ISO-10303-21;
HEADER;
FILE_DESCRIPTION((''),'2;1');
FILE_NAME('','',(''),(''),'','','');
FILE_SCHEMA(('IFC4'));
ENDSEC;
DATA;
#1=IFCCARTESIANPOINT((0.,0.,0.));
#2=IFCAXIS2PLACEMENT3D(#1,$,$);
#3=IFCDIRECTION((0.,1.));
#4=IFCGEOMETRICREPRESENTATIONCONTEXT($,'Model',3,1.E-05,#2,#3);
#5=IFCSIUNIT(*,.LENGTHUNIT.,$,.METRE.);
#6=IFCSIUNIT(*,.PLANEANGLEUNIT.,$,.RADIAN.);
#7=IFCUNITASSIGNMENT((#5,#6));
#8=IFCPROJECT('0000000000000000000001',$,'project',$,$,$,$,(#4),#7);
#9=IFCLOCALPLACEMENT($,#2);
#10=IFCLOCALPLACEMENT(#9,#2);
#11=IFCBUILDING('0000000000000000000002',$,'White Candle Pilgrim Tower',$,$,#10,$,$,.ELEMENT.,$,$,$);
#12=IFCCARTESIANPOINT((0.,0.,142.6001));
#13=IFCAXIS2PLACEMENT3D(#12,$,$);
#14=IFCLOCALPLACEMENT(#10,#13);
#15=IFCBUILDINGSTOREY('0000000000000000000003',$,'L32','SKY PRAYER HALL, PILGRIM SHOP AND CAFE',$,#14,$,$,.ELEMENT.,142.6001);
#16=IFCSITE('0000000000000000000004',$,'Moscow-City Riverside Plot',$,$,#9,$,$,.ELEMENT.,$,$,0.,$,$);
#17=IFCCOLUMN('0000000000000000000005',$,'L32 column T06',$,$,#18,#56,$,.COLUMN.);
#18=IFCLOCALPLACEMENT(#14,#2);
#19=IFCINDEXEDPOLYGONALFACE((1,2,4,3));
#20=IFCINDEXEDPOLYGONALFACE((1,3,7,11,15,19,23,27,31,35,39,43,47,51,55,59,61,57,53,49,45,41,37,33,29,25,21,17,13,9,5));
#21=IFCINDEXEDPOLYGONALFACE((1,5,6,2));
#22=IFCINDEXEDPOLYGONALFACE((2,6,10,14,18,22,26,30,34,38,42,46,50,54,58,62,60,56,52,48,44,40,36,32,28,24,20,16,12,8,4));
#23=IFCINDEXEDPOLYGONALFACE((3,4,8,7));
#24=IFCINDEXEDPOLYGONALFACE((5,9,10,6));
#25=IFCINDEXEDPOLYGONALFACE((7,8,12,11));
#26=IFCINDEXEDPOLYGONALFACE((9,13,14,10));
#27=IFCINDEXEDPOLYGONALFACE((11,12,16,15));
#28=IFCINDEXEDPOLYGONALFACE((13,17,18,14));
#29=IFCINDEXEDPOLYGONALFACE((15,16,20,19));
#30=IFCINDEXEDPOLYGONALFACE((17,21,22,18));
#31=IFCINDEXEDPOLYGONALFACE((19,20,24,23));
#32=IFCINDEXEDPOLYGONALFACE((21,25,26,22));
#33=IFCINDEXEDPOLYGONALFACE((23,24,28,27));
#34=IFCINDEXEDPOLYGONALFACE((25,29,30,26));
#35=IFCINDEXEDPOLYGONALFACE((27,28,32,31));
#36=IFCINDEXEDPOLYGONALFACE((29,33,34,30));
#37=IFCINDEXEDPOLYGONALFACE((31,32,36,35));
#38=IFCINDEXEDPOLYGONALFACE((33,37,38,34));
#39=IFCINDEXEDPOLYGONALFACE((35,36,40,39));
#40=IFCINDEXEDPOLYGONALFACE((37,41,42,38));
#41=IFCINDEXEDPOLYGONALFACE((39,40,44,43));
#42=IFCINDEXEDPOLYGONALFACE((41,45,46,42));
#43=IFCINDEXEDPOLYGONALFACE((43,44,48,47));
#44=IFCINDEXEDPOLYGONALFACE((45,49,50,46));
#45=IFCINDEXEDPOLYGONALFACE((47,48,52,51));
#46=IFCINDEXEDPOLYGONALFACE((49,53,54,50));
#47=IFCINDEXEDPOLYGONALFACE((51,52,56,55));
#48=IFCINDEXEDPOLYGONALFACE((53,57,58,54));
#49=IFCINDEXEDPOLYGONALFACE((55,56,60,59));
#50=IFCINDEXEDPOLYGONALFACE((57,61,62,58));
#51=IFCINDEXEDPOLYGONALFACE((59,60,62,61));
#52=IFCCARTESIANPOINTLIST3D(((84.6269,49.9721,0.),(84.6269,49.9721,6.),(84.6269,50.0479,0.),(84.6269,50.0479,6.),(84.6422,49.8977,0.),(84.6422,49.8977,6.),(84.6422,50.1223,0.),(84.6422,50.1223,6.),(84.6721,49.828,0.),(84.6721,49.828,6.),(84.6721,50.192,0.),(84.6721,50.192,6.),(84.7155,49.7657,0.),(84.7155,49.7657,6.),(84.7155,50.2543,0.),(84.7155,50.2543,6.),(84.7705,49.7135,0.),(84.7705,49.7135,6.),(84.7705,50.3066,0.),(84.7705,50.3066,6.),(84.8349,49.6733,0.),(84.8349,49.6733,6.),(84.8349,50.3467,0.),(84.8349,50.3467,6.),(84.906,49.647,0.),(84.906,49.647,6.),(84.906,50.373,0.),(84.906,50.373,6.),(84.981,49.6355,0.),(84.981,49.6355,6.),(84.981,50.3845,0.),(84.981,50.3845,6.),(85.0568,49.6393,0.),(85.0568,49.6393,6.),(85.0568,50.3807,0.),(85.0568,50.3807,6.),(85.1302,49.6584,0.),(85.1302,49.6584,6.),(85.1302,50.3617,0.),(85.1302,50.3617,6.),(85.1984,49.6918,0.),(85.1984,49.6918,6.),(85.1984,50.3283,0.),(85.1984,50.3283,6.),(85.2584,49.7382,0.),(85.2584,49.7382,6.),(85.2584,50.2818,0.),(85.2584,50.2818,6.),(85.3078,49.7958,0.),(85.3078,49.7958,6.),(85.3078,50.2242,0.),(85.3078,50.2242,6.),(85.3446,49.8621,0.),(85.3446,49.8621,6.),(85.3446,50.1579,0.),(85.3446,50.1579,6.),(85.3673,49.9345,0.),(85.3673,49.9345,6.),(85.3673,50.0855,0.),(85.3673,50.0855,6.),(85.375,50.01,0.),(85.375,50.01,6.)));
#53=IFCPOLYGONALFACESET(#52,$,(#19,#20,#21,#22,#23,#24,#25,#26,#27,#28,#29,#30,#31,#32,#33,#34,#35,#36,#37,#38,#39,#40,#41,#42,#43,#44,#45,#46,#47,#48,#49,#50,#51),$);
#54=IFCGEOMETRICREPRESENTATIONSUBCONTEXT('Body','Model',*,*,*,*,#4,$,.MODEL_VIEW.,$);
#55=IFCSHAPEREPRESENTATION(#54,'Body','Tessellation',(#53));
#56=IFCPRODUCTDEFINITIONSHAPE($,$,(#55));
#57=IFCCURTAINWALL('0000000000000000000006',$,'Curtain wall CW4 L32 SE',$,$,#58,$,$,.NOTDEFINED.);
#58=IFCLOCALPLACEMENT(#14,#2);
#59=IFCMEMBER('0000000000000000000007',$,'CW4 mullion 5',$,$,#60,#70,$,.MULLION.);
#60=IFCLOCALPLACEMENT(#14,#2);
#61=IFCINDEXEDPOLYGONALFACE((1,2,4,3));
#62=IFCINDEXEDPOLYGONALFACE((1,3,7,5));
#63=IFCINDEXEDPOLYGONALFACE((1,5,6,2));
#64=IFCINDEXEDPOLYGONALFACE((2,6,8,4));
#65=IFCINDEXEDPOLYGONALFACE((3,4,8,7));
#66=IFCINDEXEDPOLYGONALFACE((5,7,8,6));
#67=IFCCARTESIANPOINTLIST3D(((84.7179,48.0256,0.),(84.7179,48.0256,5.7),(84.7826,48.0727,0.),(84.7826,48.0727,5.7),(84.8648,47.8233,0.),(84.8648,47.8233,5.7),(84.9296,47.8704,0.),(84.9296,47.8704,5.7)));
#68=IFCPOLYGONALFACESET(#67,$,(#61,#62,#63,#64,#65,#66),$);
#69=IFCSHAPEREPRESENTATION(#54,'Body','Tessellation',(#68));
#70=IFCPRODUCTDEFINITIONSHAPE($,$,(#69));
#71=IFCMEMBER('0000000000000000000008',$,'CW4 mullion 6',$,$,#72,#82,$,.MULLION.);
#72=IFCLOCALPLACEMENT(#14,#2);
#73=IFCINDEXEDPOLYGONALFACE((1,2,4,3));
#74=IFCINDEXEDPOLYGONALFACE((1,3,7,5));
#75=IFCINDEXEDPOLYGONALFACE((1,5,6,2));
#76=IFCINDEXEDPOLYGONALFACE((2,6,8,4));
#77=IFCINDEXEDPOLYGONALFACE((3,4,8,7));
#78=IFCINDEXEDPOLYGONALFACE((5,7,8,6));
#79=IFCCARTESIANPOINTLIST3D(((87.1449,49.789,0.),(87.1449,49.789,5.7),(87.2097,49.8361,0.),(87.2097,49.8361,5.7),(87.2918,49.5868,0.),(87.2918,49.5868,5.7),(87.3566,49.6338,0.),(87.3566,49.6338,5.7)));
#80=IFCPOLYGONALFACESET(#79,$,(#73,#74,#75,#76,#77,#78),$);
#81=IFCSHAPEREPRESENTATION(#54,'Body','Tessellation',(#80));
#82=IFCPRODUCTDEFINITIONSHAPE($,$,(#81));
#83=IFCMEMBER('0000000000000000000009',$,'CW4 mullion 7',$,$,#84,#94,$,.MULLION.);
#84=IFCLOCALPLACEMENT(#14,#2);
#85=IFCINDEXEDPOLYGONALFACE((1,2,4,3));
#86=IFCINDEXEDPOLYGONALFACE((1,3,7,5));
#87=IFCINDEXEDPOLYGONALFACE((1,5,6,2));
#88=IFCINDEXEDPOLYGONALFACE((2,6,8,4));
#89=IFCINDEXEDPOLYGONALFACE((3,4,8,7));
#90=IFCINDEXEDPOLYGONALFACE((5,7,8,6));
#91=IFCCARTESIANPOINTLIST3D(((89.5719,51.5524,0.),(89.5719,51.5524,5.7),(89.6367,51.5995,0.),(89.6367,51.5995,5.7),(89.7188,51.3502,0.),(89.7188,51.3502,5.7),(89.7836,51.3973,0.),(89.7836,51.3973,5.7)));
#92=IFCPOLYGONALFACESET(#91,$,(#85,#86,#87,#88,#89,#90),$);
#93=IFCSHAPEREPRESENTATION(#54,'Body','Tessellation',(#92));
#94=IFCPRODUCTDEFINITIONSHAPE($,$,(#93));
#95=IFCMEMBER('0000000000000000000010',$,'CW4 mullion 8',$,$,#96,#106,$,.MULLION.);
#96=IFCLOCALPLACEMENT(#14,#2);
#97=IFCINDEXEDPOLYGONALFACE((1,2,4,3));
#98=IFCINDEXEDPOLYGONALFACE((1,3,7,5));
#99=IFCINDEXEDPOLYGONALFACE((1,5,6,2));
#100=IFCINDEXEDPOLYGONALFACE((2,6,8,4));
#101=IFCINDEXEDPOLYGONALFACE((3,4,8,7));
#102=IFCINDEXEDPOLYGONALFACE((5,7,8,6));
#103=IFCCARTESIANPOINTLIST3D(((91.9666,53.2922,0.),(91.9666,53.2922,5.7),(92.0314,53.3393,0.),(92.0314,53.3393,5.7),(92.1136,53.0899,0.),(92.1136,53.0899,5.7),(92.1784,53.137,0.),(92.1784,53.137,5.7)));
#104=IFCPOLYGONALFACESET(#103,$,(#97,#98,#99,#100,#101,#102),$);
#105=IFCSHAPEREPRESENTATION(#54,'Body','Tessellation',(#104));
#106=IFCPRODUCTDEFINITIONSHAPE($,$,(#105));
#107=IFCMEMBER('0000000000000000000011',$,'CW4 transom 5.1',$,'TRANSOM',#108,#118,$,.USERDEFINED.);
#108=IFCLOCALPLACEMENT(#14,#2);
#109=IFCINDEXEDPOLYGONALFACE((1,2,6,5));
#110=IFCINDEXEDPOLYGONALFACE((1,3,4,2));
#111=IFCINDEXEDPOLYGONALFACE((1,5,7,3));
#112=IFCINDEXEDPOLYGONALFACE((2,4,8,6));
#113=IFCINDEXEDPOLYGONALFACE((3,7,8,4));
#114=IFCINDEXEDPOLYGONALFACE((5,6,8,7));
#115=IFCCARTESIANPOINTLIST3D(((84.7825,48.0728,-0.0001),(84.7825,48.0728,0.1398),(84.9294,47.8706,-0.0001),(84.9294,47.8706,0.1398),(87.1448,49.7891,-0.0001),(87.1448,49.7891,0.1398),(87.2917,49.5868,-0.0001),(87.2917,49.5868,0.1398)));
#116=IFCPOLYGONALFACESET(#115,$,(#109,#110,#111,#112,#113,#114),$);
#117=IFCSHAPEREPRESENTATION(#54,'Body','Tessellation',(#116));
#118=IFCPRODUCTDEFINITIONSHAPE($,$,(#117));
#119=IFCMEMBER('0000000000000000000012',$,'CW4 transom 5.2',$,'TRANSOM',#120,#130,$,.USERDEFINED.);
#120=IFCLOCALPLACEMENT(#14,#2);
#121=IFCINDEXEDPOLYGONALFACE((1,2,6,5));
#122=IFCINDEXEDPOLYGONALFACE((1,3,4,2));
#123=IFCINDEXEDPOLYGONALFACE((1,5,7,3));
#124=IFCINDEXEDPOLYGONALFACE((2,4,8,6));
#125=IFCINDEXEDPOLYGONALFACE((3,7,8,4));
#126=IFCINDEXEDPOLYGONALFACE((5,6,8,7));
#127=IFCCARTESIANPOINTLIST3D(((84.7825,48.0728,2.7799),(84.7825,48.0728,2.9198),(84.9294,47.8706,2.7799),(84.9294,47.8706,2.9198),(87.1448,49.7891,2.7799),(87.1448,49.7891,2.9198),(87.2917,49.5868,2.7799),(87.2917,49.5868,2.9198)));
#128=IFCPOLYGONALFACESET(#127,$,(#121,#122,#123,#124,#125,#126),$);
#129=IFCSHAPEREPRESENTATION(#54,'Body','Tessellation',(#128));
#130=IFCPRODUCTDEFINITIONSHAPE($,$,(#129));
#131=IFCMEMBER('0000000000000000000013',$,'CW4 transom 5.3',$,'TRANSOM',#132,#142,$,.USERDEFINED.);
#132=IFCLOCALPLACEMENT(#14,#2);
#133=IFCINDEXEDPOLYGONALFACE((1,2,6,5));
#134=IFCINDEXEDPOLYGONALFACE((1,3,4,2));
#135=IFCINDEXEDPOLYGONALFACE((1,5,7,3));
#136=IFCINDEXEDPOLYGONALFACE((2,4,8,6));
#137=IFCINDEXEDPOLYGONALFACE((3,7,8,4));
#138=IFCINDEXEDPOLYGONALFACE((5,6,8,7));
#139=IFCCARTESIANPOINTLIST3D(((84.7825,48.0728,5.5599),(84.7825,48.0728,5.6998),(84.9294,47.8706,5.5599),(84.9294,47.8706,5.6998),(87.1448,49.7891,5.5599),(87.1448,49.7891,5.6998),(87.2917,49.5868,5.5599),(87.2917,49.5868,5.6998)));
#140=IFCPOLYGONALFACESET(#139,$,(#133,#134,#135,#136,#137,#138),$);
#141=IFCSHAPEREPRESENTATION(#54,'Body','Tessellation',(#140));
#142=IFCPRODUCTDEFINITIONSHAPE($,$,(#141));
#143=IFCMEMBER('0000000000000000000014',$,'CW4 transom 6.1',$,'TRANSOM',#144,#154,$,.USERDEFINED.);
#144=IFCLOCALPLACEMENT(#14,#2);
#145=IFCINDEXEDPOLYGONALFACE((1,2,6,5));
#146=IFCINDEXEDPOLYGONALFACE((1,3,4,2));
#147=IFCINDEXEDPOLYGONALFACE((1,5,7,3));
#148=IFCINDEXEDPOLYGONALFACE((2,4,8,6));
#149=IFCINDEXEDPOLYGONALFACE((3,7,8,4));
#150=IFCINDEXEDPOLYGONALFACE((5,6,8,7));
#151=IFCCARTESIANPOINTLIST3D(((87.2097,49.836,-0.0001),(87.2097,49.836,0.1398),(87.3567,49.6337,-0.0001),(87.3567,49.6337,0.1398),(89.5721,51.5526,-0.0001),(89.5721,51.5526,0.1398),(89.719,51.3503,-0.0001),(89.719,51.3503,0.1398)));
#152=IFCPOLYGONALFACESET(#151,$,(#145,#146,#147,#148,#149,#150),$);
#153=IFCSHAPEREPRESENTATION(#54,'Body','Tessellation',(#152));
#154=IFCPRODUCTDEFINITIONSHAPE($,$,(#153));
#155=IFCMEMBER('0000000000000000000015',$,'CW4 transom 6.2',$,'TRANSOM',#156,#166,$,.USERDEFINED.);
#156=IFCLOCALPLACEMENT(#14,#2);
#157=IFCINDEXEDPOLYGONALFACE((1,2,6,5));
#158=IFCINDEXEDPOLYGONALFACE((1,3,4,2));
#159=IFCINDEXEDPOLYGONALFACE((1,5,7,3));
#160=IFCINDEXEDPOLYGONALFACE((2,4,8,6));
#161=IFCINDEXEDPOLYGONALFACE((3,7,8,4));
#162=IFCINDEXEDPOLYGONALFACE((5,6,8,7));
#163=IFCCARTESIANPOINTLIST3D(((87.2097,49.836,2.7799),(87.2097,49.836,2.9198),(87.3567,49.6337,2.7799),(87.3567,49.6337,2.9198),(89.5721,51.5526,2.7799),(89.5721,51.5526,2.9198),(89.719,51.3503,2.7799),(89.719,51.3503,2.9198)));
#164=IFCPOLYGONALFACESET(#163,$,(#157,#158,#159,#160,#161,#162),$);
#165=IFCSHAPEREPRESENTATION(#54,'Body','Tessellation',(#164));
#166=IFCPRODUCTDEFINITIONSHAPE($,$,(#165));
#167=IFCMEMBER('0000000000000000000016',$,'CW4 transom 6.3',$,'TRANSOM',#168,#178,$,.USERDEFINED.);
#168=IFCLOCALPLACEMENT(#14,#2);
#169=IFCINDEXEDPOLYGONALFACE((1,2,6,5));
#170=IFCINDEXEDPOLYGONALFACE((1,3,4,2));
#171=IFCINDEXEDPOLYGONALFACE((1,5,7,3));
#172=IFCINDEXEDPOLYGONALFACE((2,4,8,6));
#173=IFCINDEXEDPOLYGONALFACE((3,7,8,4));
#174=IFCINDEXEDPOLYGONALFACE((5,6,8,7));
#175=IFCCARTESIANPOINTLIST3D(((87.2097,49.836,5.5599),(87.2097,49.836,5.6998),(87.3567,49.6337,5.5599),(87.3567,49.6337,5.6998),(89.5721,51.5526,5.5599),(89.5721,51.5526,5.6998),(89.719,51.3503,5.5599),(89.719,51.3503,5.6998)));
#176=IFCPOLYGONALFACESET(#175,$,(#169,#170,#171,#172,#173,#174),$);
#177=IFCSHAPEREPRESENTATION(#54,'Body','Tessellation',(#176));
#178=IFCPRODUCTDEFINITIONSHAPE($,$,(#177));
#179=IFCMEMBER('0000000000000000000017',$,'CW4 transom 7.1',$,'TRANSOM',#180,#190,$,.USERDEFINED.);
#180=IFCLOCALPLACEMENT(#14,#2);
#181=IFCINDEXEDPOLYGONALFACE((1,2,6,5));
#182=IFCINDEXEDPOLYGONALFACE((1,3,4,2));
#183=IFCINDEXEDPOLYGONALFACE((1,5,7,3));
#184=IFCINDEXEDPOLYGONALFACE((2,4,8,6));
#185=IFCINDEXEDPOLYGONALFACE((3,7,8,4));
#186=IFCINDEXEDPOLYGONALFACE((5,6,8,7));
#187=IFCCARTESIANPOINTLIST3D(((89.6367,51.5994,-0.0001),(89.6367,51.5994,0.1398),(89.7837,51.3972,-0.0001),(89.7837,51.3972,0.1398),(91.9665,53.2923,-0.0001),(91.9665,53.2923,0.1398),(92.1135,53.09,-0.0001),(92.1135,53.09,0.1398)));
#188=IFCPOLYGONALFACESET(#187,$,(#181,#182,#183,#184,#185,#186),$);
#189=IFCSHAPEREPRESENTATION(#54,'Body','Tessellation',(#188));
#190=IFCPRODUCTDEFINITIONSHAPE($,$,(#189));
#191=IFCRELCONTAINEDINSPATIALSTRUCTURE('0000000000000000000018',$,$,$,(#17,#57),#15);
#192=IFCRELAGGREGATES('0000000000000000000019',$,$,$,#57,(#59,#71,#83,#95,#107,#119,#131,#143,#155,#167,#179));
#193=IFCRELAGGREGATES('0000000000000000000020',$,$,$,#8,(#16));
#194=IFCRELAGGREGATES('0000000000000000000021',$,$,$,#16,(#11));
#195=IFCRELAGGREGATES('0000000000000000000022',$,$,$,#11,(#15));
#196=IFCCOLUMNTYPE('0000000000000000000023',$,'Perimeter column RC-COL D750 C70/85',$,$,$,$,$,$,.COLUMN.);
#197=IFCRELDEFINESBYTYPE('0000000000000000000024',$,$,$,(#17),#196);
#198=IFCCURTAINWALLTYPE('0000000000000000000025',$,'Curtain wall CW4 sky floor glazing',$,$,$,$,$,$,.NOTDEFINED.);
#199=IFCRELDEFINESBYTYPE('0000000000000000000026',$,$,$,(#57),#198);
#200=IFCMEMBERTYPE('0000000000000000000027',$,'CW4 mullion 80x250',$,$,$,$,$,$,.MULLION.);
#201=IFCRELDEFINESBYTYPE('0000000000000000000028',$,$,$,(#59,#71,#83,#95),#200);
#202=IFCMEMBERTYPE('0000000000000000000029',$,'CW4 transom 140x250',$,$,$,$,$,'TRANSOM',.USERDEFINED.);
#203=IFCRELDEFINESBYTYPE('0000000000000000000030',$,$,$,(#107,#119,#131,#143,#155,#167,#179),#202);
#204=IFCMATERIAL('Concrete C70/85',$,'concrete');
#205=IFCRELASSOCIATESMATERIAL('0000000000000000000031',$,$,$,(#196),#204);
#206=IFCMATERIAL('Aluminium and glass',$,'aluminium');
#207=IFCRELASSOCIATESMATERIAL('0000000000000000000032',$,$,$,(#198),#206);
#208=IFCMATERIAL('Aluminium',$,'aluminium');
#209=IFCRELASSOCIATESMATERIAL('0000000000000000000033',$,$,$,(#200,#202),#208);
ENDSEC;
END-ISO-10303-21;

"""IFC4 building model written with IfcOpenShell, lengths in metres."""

from ifc_helpers import new_model, si_unit, direction, frame, origin, origin_2d, place, context, subcontext, project, spatial, rectangle, circle, extrude, material, material_profile, profile_set, type_object, element, aggregate, save


model = new_model("IFC4")

# Units and contexts
model_context = context("Model", 3, precision=1e-05, world=origin(), true_north=direction((0.0, 1.0)))
body_context = subcontext(model_context, "Body", "Model", "MODEL_VIEW")
ifc_project = project(units=[si_unit("LENGTHUNIT", "METRE"), si_unit("PLANEANGLEUNIT", "RADIAN")], contexts=[model_context])

# Site, building, storey
site_placement = place(None, origin())
site = spatial("IfcSite", under=ifc_project, at=site_placement, Name="Moscow-City Riverside Plot", CompositionType="ELEMENT", RefElevation=0.0)
building_placement = place(site_placement, origin())
building = spatial("IfcBuilding", under=site, at=building_placement, Name="White Candle Pilgrim Tower", CompositionType="ELEMENT")
storey_placement = place(building_placement, frame((0.0, 0.0, 142.6001)))
storey = spatial("IfcBuildingStorey", under=building, at=storey_placement, Name="L32", Description="SKY PRAYER HALL, PILGRIM SHOP AND CAFE", CompositionType="ELEMENT", Elevation=142.6001)

# Column
ifc_material_1 = material(Name="Concrete C70/85", Category="concrete")
ifc_material_profile_1 = material_profile(ifc_material_1, circle(Radius=0.375, at=origin_2d()), Name="RC-COL D750")
ifc_profile_set_1 = profile_set([ifc_material_profile_1], Name="Concrete C70/85")
column_type = type_object("IfcColumnType", Name="Perimeter column RC-COL D750 C70/85", PredefinedType="COLUMN", material=ifc_profile_set_1)
column_placement = place(storey_placement, frame((85.0, 50.01, 0.0), z_axis=(0.0, 0.0, 1.0), x_axis=(1.0, 0.0, 0.0)))
element("IfcColumn", 1, at=column_placement, inside=storey, type_object=column_type, Name="L32 column T06", PredefinedType="COLUMN", context=body_context, shape_type="SweptSolid", body=[
    extrude(circle(Radius=0.375, at=origin_2d()), origin(), (0.0, 0.0, 1.0), 6.0),
])

# Curtain wall, members
ifc_material_2 = material(Name="Aluminium and glass", Category="aluminium")
curtain_wall_type = type_object("IfcCurtainWallType", Name="Curtain wall CW4 sky floor glazing", PredefinedType="NOTDEFINED", material=ifc_material_2)
curtain_wall_placement = place(storey_placement, origin())
curtain_wall = element("IfcCurtainWall", 2, at=curtain_wall_placement, inside=storey, type_object=curtain_wall_type, Name="Curtain wall CW4 L32 SE", PredefinedType="NOTDEFINED")
ifc_material_3 = material(Name="Aluminium", Category="aluminium")
ifc_material_profile_2 = material_profile(ifc_material_3, rectangle(XDim=0.25, YDim=0.0801, at=origin_2d()), Name="CW4 mullion 80x250")
ifc_profile_set_2 = profile_set([ifc_material_profile_2], Name="Aluminium")
member_type_1 = type_object("IfcMemberType", Name="CW4 mullion 80x250", PredefinedType="MULLION", material=ifc_profile_set_2)
member_1_placement = place(storey_placement, frame((84.8237, 47.948, 0.0), z_axis=(0.0, 0.0, 1.0), x_axis=(-0.587785, 0.809017, 0.0)))
member_1 = element("IfcMember", 3, at=member_1_placement, type_object=member_type_1, Name="CW4 mullion 5", PredefinedType="MULLION", context=body_context, shape_type="SweptSolid", body=[
    extrude(rectangle(XDim=0.25, YDim=0.0801, at=origin_2d()), origin(), (0.0, 0.0, 1.0), 5.7),
])
member_2_placement = place(storey_placement, frame((87.2507, 49.7114, 0.0), z_axis=(0.0, 0.0, 1.0), x_axis=(-0.587785, 0.809017, 0.0)))
member_2 = element("IfcMember", 4, at=member_2_placement, type_object=member_type_1, Name="CW4 mullion 6", PredefinedType="MULLION", context=body_context, shape_type="SweptSolid", body=[
    extrude(rectangle(XDim=0.25, YDim=0.0801, at=origin_2d()), origin(), (0.0, 0.0, 1.0), 5.7),
])
member_3_placement = place(storey_placement, frame((89.6777, 51.4749, 0.0), z_axis=(0.0, 0.0, 1.0), x_axis=(-0.587785, 0.809017, 0.0)))
member_3 = element("IfcMember", 5, at=member_3_placement, type_object=member_type_1, Name="CW4 mullion 7", PredefinedType="MULLION", context=body_context, shape_type="SweptSolid", body=[
    extrude(rectangle(XDim=0.25, YDim=0.0801, at=origin_2d()), origin(), (0.0, 0.0, 1.0), 5.7),
])
member_4_placement = place(storey_placement, frame((92.0725, 53.2146, 0.0), z_axis=(0.0, 0.0, 1.0), x_axis=(-0.587785, 0.809017, 0.0)))
member_4 = element("IfcMember", 6, at=member_4_placement, type_object=member_type_1, Name="CW4 mullion 8", PredefinedType="MULLION", context=body_context, shape_type="SweptSolid", body=[
    extrude(rectangle(XDim=0.25, YDim=0.0801, at=origin_2d()), origin(), (0.0, 0.0, 1.0), 5.7),
])
ifc_material_profile_3 = material_profile(ifc_material_3, rectangle(XDim=0.25, YDim=0.1399, at=origin_2d()), Name="CW4 transom 140x250")
ifc_profile_set_3 = profile_set([ifc_material_profile_3], Name="Aluminium")
member_type_2 = type_object("IfcMemberType", Name="CW4 transom 140x250", ElementType="TRANSOM", PredefinedType="USERDEFINED", material=ifc_profile_set_3)
member_5_placement = place(storey_placement, frame((84.856, 47.9717, 0.0698), z_axis=(0.809018, 0.587784, 0.0), x_axis=(-0.587784, 0.809018, 0.0)))
member_5 = element("IfcMember", 7, at=member_5_placement, type_object=member_type_2, Name="CW4 transom 5.1", ObjectType="TRANSOM", PredefinedType="USERDEFINED", context=body_context, shape_type="SweptSolid", body=[
    extrude(rectangle(XDim=0.25, YDim=0.1399, at=origin_2d()), origin(), (0.0, 0.0, 1.0), 2.9199),
])
member_6_placement = place(storey_placement, frame((84.856, 47.9717, 2.8499), z_axis=(0.809018, 0.587784, 0.0), x_axis=(-0.587784, 0.809018, 0.0)))
member_6 = element("IfcMember", 8, at=member_6_placement, type_object=member_type_2, Name="CW4 transom 5.2", ObjectType="TRANSOM", PredefinedType="USERDEFINED", context=body_context, shape_type="SweptSolid", body=[
    extrude(rectangle(XDim=0.25, YDim=0.1399, at=origin_2d()), origin(), (0.0, 0.0, 1.0), 2.9199),
])
member_7_placement = place(storey_placement, frame((84.856, 47.9717, 5.6299), z_axis=(0.809018, 0.587784, 0.0), x_axis=(-0.587784, 0.809018, 0.0)))
member_7 = element("IfcMember", 9, at=member_7_placement, type_object=member_type_2, Name="CW4 transom 5.3", ObjectType="TRANSOM", PredefinedType="USERDEFINED", context=body_context, shape_type="SweptSolid", body=[
    extrude(rectangle(XDim=0.25, YDim=0.1399, at=origin_2d()), origin(), (0.0, 0.0, 1.0), 2.9199),
])
member_8_placement = place(storey_placement, frame((87.2832, 49.7349, 0.0698), z_axis=(0.808978, 0.587839, 0.0), x_axis=(-0.587839, 0.808978, 0.0)))
member_8 = element("IfcMember", 10, at=member_8_placement, type_object=member_type_2, Name="CW4 transom 6.1", ObjectType="TRANSOM", PredefinedType="USERDEFINED", context=body_context, shape_type="SweptSolid", body=[
    extrude(rectangle(XDim=0.25, YDim=0.1399, at=origin_2d()), origin(), (0.0, 0.0, 1.0), 2.9202),
])
member_9_placement = place(storey_placement, frame((87.2832, 49.7349, 2.8499), z_axis=(0.808978, 0.587839, 0.0), x_axis=(-0.587839, 0.808978, 0.0)))
member_9 = element("IfcMember", 11, at=member_9_placement, type_object=member_type_2, Name="CW4 transom 6.2", ObjectType="TRANSOM", PredefinedType="USERDEFINED", context=body_context, shape_type="SweptSolid", body=[
    extrude(rectangle(XDim=0.25, YDim=0.1399, at=origin_2d()), origin(), (0.0, 0.0, 1.0), 2.9202),
])
member_10_placement = place(storey_placement, frame((87.2832, 49.7349, 5.6299), z_axis=(0.808978, 0.587839, 0.0), x_axis=(-0.587839, 0.808978, 0.0)))
member_10 = element("IfcMember", 12, at=member_10_placement, type_object=member_type_2, Name="CW4 transom 6.3", ObjectType="TRANSOM", PredefinedType="USERDEFINED", context=body_context, shape_type="SweptSolid", body=[
    extrude(rectangle(XDim=0.25, YDim=0.1399, at=origin_2d()), origin(), (0.0, 0.0, 1.0), 2.9202),
])
member_11_placement = place(storey_placement, frame((89.7102, 51.4983, 0.0698), z_axis=(0.808993, 0.587819, 0.0), x_axis=(-0.587819, 0.808993, 0.0)))
member_11 = element("IfcMember", 13, at=member_11_placement, type_object=member_type_2, Name="CW4 transom 7.1", ObjectType="TRANSOM", PredefinedType="USERDEFINED", context=body_context, shape_type="SweptSolid", body=[
    extrude(rectangle(XDim=0.25, YDim=0.1399, at=origin_2d()), origin(), (0.0, 0.0, 1.0), 2.8799),
])

aggregate(curtain_wall, [member_1, member_2, member_3, member_4, member_5, member_6, member_7, member_8, member_9, member_10, member_11])

save(model, "model.ifc")
